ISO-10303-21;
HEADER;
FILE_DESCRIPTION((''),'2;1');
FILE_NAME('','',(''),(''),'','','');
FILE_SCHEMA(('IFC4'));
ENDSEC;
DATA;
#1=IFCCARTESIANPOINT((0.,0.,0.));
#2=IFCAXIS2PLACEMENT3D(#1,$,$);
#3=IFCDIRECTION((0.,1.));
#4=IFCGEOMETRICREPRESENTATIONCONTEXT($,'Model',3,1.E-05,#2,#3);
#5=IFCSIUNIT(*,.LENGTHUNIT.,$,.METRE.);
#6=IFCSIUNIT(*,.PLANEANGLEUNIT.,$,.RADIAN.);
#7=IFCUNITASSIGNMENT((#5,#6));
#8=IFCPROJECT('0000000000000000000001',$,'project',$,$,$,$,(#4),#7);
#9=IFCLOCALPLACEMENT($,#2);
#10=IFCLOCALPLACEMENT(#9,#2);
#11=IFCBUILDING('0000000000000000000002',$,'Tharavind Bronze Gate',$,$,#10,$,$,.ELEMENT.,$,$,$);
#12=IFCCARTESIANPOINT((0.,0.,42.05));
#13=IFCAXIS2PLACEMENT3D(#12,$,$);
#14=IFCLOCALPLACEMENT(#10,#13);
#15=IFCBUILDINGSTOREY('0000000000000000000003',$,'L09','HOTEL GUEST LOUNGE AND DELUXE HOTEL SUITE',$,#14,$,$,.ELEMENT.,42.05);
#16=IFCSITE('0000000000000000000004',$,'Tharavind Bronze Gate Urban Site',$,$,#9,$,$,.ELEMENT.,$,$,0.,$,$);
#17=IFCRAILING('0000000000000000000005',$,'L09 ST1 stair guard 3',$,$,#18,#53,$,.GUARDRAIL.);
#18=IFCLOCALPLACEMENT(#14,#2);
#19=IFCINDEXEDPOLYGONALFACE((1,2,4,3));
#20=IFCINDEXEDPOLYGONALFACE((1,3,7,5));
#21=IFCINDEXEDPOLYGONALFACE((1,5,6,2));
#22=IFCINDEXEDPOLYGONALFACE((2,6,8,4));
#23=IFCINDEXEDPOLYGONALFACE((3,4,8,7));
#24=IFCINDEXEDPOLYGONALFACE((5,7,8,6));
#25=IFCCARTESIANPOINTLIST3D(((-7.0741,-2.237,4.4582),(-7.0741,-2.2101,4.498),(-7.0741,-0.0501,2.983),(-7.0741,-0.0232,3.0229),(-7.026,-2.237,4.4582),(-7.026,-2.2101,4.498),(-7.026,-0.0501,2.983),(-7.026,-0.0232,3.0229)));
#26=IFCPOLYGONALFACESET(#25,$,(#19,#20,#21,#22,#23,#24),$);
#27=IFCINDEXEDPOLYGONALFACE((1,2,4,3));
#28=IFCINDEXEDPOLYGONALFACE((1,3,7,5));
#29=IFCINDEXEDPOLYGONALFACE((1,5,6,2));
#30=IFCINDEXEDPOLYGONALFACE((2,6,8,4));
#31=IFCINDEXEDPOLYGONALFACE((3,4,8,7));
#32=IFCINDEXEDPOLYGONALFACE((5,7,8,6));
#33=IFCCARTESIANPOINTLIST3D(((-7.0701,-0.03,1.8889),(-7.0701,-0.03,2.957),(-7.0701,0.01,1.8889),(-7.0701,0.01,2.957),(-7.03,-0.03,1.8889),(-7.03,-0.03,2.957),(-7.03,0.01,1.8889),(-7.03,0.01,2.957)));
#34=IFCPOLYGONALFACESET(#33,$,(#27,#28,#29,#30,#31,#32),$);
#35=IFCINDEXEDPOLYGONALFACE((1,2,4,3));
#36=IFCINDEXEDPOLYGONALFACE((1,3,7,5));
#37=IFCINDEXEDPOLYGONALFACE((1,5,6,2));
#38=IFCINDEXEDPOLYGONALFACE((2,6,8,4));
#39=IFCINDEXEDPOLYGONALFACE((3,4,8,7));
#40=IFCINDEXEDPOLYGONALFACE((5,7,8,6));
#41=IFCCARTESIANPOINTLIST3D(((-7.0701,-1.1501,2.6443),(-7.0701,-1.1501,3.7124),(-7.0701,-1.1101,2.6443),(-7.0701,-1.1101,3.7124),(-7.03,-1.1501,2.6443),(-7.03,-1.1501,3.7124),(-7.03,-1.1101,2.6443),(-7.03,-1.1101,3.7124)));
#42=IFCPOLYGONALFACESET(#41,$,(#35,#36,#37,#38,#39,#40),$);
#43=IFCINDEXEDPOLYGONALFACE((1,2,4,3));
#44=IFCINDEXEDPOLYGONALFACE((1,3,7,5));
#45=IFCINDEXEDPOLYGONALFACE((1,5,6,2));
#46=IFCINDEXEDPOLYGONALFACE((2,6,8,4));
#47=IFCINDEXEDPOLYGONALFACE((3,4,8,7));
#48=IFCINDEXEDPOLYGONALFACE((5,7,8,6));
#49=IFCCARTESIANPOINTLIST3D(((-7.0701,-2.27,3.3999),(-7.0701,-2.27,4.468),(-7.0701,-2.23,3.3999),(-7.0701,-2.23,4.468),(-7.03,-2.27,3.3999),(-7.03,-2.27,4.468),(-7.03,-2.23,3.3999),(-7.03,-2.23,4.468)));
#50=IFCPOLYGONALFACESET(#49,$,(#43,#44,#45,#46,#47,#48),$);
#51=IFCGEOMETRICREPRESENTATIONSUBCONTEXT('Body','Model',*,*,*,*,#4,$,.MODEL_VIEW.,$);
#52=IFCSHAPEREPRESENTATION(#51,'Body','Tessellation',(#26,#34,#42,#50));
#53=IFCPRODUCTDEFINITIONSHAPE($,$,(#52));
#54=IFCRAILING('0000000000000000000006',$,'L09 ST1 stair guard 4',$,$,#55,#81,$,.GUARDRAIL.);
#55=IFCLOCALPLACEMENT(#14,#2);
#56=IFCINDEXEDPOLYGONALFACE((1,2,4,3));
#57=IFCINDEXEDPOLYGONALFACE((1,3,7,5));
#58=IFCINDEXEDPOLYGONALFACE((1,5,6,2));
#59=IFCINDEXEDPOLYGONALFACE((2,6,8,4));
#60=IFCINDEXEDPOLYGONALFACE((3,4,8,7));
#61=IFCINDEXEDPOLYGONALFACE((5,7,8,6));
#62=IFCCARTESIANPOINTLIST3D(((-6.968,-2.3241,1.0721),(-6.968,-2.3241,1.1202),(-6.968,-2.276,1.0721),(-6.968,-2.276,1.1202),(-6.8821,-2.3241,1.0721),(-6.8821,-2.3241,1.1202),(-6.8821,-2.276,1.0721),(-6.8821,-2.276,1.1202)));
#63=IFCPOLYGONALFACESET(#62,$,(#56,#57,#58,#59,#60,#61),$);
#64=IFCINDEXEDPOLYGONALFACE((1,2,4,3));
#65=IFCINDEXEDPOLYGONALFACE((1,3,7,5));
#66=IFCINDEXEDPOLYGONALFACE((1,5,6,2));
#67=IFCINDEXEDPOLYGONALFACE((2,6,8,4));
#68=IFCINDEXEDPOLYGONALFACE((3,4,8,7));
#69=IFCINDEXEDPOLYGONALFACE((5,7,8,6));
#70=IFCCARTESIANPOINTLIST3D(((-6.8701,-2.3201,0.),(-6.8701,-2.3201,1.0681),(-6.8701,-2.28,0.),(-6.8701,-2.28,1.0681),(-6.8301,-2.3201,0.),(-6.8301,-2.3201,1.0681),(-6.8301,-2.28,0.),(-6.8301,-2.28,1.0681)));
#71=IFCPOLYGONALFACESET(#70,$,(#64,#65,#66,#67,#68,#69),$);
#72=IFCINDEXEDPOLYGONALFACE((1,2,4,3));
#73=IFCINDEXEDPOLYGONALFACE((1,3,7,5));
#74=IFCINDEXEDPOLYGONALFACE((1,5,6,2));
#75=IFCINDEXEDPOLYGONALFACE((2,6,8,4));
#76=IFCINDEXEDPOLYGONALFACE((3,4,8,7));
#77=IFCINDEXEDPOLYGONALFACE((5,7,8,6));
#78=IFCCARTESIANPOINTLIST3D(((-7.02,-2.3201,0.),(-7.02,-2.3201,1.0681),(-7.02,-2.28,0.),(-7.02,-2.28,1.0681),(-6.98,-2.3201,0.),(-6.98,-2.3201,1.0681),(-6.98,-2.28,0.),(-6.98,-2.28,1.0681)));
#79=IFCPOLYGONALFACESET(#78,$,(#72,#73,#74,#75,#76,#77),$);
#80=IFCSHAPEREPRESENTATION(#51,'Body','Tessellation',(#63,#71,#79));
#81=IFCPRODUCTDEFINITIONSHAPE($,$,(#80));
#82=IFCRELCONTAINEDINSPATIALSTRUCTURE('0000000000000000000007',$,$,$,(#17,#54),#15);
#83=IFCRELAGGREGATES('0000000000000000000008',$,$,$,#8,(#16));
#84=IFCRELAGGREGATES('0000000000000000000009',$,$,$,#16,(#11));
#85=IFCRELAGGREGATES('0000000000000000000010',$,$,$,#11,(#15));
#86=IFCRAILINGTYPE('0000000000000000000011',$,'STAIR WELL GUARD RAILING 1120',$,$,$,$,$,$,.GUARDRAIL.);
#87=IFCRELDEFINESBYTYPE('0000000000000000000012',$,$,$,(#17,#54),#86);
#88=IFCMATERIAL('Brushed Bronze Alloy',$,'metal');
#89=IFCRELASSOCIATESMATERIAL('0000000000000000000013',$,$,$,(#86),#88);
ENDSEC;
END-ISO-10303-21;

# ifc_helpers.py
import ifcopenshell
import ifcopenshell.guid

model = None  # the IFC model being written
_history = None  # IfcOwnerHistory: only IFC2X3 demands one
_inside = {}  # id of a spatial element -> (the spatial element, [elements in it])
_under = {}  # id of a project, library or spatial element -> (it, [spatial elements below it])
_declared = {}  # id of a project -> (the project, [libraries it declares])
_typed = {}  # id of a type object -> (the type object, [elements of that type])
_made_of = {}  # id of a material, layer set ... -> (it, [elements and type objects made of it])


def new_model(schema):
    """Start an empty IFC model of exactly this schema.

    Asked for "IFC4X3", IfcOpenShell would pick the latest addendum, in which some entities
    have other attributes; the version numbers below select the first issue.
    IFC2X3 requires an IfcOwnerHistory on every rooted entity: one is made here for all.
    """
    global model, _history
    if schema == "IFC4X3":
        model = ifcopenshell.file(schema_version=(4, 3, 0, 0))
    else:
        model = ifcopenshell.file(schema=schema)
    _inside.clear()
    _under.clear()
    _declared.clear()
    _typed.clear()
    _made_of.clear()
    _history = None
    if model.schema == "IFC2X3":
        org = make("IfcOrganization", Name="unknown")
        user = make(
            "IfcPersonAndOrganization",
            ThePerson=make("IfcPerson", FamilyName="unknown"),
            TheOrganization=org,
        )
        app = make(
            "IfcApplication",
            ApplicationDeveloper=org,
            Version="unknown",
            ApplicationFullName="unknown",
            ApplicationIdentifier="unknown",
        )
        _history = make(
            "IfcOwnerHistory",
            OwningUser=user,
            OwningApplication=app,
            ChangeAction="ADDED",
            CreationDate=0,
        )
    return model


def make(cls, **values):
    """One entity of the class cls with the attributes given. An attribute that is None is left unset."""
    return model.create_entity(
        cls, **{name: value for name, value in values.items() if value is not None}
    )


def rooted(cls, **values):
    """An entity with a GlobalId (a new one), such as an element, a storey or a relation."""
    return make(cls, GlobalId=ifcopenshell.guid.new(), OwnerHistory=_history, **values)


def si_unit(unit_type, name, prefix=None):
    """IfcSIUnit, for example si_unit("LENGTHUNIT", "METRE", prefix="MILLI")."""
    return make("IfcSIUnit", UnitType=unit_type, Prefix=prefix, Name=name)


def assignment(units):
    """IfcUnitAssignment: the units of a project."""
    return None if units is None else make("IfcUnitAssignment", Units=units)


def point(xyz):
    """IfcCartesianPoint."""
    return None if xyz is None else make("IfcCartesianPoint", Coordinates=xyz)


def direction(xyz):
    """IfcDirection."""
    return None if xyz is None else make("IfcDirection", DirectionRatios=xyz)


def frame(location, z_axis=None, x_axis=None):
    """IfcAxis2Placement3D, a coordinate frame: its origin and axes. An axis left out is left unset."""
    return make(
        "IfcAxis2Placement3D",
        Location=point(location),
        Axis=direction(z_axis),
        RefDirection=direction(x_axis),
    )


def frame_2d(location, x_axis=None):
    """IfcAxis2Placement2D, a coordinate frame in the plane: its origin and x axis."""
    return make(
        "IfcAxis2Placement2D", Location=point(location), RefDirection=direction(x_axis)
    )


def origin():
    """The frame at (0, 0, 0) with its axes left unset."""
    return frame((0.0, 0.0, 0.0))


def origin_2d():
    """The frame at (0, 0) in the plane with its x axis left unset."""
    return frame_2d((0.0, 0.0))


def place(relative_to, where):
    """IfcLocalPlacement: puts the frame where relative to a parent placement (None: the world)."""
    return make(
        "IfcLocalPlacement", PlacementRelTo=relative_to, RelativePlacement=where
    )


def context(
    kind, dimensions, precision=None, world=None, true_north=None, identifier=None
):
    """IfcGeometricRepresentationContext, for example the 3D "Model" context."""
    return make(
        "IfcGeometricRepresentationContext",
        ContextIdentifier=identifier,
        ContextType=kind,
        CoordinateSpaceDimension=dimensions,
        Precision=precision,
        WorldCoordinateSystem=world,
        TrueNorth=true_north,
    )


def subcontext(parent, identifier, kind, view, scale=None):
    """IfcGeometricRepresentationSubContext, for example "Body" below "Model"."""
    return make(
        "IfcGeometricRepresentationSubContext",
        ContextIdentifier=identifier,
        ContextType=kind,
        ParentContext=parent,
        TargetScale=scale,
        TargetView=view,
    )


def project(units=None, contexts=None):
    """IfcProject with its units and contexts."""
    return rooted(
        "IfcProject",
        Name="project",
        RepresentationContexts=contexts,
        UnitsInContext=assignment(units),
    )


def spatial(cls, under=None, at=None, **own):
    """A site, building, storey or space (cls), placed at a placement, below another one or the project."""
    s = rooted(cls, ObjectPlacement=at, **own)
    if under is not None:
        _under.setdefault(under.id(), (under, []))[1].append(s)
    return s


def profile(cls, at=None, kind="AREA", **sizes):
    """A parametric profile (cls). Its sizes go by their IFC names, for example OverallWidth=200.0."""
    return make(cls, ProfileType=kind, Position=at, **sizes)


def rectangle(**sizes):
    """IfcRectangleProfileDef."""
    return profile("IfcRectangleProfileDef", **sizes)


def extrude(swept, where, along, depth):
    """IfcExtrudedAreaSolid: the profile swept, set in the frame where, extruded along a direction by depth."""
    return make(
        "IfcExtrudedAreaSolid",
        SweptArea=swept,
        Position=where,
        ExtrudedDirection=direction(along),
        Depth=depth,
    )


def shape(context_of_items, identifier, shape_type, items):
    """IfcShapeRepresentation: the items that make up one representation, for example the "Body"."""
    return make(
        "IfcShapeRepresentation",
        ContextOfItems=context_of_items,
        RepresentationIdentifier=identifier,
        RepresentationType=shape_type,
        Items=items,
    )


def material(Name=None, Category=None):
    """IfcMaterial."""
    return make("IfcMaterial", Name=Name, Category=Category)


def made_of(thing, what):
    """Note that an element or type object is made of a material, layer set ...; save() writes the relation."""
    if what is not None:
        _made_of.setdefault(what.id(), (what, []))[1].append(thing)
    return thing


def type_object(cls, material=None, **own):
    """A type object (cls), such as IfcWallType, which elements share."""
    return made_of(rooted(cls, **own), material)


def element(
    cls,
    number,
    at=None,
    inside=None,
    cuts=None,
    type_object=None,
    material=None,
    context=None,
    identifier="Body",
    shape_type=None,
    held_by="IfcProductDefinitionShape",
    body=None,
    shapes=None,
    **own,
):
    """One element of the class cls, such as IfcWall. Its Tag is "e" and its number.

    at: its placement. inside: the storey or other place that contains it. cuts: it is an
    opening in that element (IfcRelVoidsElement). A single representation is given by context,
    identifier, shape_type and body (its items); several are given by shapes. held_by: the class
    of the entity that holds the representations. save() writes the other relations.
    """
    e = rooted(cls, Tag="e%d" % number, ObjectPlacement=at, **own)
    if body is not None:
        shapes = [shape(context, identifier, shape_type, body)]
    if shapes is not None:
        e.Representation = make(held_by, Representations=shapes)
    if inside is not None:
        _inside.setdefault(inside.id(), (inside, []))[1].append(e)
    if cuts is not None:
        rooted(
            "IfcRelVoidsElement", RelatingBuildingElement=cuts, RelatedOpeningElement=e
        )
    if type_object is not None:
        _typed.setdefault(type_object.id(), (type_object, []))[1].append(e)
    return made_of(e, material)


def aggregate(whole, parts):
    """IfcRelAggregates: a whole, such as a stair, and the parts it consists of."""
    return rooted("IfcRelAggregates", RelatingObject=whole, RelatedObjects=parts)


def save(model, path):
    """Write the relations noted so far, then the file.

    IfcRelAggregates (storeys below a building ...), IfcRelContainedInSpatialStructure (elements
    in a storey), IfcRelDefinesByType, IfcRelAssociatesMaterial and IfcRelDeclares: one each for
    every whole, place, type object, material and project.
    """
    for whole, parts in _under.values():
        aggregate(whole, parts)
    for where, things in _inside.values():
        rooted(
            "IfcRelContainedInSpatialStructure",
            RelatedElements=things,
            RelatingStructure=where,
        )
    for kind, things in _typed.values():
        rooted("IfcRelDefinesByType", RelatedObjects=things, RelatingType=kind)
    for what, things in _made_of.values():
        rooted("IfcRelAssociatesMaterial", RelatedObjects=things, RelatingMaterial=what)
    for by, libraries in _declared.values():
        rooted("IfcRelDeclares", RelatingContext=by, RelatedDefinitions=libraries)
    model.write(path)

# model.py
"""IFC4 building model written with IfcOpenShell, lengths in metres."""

from ifc_helpers import new_model, si_unit, direction, frame, origin, origin_2d, place, context, subcontext, project, spatial, rectangle, extrude, material, type_object, element, save


model = new_model("IFC4")

# Units and contexts
model_context = context("Model", 3, precision=1e-05, world=origin(), true_north=direction((0.0, 1.0)))
body_context = subcontext(model_context, "Body", "Model", "MODEL_VIEW")
ifc_project = project(units=[si_unit("LENGTHUNIT", "METRE"), si_unit("PLANEANGLEUNIT", "RADIAN")], contexts=[model_context])

# Site, building, storey
site_placement = place(None, origin())
site = spatial("IfcSite", under=ifc_project, at=site_placement, Name="Tharavind Bronze Gate Urban Site", CompositionType="ELEMENT", RefElevation=0.0)
building_placement = place(site_placement, origin())
building = spatial("IfcBuilding", under=site, at=building_placement, Name="Tharavind Bronze Gate", CompositionType="ELEMENT")
storey_placement = place(building_placement, frame((0.0, 0.0, 42.05)))
storey = spatial("IfcBuildingStorey", under=building, at=storey_placement, Name="L09", Description="HOTEL GUEST LOUNGE AND DELUXE HOTEL SUITE", CompositionType="ELEMENT", Elevation=42.05)

# Railings
ifc_material_1 = material(Name="Brushed Bronze Alloy", Category="metal")
railing_type_1 = type_object("IfcRailingType", Name="STAIR WELL GUARD RAILING 1120", PredefinedType="GUARDRAIL", material=ifc_material_1)
railing_1_placement = place(storey_placement, frame((-7.05, -0.01, 1.8889)))
element("IfcRailing", 1, at=railing_1_placement, inside=storey, type_object=railing_type_1, Name="L09 ST1 stair guard 3", PredefinedType="GUARDRAIL", context=body_context, shape_type="SweptSolid", body=[
    extrude(rectangle(XDim=0.0481, YDim=0.0481, at=origin_2d()), frame((0.0, -0.0266, 1.114), z_axis=(0.0, -0.829021, 0.559217), x_axis=(1.0, 0.0, 0.0)), (0.0, 0.0, 1.0), 2.6379),
    extrude(rectangle(XDim=0.04, YDim=0.04, at=origin_2d()), origin(), (0.0, 0.0, 1.0), 1.0681),
    extrude(rectangle(XDim=0.04, YDim=0.04, at=origin_2d()), frame((0.0, -1.1201, 0.7554)), (0.0, 0.0, 1.0), 1.0681),
    extrude(rectangle(XDim=0.04, YDim=0.04, at=origin_2d()), frame((0.0, -2.24, 1.511)), (0.0, 0.0, 1.0), 1.0681),
])
railing_2_placement = place(storey_placement, frame((-6.8501, -2.3, 0.0)))
element("IfcRailing", 2, at=railing_2_placement, inside=storey, type_object=railing_type_1, Name="L09 ST1 stair guard 4", PredefinedType="GUARDRAIL", context=body_context, shape_type="SweptSolid", body=[
    extrude(rectangle(XDim=0.0481, YDim=0.0481, at=origin_2d()), frame((-0.032, 0.0, 1.0962), z_axis=(-1.0, 0.0, 0.0), x_axis=(0.0, -1.0, 0.0)), (0.0, 0.0, 1.0), 0.0859),
    extrude(rectangle(XDim=0.04, YDim=0.04, at=origin_2d()), origin(), (0.0, 0.0, 1.0), 1.0681),
    extrude(rectangle(XDim=0.04, YDim=0.04, at=origin_2d()), frame((-0.1499, 0.0, 0.0)), (0.0, 0.0, 1.0), 1.0681),
])

save(model, "model.ifc")
